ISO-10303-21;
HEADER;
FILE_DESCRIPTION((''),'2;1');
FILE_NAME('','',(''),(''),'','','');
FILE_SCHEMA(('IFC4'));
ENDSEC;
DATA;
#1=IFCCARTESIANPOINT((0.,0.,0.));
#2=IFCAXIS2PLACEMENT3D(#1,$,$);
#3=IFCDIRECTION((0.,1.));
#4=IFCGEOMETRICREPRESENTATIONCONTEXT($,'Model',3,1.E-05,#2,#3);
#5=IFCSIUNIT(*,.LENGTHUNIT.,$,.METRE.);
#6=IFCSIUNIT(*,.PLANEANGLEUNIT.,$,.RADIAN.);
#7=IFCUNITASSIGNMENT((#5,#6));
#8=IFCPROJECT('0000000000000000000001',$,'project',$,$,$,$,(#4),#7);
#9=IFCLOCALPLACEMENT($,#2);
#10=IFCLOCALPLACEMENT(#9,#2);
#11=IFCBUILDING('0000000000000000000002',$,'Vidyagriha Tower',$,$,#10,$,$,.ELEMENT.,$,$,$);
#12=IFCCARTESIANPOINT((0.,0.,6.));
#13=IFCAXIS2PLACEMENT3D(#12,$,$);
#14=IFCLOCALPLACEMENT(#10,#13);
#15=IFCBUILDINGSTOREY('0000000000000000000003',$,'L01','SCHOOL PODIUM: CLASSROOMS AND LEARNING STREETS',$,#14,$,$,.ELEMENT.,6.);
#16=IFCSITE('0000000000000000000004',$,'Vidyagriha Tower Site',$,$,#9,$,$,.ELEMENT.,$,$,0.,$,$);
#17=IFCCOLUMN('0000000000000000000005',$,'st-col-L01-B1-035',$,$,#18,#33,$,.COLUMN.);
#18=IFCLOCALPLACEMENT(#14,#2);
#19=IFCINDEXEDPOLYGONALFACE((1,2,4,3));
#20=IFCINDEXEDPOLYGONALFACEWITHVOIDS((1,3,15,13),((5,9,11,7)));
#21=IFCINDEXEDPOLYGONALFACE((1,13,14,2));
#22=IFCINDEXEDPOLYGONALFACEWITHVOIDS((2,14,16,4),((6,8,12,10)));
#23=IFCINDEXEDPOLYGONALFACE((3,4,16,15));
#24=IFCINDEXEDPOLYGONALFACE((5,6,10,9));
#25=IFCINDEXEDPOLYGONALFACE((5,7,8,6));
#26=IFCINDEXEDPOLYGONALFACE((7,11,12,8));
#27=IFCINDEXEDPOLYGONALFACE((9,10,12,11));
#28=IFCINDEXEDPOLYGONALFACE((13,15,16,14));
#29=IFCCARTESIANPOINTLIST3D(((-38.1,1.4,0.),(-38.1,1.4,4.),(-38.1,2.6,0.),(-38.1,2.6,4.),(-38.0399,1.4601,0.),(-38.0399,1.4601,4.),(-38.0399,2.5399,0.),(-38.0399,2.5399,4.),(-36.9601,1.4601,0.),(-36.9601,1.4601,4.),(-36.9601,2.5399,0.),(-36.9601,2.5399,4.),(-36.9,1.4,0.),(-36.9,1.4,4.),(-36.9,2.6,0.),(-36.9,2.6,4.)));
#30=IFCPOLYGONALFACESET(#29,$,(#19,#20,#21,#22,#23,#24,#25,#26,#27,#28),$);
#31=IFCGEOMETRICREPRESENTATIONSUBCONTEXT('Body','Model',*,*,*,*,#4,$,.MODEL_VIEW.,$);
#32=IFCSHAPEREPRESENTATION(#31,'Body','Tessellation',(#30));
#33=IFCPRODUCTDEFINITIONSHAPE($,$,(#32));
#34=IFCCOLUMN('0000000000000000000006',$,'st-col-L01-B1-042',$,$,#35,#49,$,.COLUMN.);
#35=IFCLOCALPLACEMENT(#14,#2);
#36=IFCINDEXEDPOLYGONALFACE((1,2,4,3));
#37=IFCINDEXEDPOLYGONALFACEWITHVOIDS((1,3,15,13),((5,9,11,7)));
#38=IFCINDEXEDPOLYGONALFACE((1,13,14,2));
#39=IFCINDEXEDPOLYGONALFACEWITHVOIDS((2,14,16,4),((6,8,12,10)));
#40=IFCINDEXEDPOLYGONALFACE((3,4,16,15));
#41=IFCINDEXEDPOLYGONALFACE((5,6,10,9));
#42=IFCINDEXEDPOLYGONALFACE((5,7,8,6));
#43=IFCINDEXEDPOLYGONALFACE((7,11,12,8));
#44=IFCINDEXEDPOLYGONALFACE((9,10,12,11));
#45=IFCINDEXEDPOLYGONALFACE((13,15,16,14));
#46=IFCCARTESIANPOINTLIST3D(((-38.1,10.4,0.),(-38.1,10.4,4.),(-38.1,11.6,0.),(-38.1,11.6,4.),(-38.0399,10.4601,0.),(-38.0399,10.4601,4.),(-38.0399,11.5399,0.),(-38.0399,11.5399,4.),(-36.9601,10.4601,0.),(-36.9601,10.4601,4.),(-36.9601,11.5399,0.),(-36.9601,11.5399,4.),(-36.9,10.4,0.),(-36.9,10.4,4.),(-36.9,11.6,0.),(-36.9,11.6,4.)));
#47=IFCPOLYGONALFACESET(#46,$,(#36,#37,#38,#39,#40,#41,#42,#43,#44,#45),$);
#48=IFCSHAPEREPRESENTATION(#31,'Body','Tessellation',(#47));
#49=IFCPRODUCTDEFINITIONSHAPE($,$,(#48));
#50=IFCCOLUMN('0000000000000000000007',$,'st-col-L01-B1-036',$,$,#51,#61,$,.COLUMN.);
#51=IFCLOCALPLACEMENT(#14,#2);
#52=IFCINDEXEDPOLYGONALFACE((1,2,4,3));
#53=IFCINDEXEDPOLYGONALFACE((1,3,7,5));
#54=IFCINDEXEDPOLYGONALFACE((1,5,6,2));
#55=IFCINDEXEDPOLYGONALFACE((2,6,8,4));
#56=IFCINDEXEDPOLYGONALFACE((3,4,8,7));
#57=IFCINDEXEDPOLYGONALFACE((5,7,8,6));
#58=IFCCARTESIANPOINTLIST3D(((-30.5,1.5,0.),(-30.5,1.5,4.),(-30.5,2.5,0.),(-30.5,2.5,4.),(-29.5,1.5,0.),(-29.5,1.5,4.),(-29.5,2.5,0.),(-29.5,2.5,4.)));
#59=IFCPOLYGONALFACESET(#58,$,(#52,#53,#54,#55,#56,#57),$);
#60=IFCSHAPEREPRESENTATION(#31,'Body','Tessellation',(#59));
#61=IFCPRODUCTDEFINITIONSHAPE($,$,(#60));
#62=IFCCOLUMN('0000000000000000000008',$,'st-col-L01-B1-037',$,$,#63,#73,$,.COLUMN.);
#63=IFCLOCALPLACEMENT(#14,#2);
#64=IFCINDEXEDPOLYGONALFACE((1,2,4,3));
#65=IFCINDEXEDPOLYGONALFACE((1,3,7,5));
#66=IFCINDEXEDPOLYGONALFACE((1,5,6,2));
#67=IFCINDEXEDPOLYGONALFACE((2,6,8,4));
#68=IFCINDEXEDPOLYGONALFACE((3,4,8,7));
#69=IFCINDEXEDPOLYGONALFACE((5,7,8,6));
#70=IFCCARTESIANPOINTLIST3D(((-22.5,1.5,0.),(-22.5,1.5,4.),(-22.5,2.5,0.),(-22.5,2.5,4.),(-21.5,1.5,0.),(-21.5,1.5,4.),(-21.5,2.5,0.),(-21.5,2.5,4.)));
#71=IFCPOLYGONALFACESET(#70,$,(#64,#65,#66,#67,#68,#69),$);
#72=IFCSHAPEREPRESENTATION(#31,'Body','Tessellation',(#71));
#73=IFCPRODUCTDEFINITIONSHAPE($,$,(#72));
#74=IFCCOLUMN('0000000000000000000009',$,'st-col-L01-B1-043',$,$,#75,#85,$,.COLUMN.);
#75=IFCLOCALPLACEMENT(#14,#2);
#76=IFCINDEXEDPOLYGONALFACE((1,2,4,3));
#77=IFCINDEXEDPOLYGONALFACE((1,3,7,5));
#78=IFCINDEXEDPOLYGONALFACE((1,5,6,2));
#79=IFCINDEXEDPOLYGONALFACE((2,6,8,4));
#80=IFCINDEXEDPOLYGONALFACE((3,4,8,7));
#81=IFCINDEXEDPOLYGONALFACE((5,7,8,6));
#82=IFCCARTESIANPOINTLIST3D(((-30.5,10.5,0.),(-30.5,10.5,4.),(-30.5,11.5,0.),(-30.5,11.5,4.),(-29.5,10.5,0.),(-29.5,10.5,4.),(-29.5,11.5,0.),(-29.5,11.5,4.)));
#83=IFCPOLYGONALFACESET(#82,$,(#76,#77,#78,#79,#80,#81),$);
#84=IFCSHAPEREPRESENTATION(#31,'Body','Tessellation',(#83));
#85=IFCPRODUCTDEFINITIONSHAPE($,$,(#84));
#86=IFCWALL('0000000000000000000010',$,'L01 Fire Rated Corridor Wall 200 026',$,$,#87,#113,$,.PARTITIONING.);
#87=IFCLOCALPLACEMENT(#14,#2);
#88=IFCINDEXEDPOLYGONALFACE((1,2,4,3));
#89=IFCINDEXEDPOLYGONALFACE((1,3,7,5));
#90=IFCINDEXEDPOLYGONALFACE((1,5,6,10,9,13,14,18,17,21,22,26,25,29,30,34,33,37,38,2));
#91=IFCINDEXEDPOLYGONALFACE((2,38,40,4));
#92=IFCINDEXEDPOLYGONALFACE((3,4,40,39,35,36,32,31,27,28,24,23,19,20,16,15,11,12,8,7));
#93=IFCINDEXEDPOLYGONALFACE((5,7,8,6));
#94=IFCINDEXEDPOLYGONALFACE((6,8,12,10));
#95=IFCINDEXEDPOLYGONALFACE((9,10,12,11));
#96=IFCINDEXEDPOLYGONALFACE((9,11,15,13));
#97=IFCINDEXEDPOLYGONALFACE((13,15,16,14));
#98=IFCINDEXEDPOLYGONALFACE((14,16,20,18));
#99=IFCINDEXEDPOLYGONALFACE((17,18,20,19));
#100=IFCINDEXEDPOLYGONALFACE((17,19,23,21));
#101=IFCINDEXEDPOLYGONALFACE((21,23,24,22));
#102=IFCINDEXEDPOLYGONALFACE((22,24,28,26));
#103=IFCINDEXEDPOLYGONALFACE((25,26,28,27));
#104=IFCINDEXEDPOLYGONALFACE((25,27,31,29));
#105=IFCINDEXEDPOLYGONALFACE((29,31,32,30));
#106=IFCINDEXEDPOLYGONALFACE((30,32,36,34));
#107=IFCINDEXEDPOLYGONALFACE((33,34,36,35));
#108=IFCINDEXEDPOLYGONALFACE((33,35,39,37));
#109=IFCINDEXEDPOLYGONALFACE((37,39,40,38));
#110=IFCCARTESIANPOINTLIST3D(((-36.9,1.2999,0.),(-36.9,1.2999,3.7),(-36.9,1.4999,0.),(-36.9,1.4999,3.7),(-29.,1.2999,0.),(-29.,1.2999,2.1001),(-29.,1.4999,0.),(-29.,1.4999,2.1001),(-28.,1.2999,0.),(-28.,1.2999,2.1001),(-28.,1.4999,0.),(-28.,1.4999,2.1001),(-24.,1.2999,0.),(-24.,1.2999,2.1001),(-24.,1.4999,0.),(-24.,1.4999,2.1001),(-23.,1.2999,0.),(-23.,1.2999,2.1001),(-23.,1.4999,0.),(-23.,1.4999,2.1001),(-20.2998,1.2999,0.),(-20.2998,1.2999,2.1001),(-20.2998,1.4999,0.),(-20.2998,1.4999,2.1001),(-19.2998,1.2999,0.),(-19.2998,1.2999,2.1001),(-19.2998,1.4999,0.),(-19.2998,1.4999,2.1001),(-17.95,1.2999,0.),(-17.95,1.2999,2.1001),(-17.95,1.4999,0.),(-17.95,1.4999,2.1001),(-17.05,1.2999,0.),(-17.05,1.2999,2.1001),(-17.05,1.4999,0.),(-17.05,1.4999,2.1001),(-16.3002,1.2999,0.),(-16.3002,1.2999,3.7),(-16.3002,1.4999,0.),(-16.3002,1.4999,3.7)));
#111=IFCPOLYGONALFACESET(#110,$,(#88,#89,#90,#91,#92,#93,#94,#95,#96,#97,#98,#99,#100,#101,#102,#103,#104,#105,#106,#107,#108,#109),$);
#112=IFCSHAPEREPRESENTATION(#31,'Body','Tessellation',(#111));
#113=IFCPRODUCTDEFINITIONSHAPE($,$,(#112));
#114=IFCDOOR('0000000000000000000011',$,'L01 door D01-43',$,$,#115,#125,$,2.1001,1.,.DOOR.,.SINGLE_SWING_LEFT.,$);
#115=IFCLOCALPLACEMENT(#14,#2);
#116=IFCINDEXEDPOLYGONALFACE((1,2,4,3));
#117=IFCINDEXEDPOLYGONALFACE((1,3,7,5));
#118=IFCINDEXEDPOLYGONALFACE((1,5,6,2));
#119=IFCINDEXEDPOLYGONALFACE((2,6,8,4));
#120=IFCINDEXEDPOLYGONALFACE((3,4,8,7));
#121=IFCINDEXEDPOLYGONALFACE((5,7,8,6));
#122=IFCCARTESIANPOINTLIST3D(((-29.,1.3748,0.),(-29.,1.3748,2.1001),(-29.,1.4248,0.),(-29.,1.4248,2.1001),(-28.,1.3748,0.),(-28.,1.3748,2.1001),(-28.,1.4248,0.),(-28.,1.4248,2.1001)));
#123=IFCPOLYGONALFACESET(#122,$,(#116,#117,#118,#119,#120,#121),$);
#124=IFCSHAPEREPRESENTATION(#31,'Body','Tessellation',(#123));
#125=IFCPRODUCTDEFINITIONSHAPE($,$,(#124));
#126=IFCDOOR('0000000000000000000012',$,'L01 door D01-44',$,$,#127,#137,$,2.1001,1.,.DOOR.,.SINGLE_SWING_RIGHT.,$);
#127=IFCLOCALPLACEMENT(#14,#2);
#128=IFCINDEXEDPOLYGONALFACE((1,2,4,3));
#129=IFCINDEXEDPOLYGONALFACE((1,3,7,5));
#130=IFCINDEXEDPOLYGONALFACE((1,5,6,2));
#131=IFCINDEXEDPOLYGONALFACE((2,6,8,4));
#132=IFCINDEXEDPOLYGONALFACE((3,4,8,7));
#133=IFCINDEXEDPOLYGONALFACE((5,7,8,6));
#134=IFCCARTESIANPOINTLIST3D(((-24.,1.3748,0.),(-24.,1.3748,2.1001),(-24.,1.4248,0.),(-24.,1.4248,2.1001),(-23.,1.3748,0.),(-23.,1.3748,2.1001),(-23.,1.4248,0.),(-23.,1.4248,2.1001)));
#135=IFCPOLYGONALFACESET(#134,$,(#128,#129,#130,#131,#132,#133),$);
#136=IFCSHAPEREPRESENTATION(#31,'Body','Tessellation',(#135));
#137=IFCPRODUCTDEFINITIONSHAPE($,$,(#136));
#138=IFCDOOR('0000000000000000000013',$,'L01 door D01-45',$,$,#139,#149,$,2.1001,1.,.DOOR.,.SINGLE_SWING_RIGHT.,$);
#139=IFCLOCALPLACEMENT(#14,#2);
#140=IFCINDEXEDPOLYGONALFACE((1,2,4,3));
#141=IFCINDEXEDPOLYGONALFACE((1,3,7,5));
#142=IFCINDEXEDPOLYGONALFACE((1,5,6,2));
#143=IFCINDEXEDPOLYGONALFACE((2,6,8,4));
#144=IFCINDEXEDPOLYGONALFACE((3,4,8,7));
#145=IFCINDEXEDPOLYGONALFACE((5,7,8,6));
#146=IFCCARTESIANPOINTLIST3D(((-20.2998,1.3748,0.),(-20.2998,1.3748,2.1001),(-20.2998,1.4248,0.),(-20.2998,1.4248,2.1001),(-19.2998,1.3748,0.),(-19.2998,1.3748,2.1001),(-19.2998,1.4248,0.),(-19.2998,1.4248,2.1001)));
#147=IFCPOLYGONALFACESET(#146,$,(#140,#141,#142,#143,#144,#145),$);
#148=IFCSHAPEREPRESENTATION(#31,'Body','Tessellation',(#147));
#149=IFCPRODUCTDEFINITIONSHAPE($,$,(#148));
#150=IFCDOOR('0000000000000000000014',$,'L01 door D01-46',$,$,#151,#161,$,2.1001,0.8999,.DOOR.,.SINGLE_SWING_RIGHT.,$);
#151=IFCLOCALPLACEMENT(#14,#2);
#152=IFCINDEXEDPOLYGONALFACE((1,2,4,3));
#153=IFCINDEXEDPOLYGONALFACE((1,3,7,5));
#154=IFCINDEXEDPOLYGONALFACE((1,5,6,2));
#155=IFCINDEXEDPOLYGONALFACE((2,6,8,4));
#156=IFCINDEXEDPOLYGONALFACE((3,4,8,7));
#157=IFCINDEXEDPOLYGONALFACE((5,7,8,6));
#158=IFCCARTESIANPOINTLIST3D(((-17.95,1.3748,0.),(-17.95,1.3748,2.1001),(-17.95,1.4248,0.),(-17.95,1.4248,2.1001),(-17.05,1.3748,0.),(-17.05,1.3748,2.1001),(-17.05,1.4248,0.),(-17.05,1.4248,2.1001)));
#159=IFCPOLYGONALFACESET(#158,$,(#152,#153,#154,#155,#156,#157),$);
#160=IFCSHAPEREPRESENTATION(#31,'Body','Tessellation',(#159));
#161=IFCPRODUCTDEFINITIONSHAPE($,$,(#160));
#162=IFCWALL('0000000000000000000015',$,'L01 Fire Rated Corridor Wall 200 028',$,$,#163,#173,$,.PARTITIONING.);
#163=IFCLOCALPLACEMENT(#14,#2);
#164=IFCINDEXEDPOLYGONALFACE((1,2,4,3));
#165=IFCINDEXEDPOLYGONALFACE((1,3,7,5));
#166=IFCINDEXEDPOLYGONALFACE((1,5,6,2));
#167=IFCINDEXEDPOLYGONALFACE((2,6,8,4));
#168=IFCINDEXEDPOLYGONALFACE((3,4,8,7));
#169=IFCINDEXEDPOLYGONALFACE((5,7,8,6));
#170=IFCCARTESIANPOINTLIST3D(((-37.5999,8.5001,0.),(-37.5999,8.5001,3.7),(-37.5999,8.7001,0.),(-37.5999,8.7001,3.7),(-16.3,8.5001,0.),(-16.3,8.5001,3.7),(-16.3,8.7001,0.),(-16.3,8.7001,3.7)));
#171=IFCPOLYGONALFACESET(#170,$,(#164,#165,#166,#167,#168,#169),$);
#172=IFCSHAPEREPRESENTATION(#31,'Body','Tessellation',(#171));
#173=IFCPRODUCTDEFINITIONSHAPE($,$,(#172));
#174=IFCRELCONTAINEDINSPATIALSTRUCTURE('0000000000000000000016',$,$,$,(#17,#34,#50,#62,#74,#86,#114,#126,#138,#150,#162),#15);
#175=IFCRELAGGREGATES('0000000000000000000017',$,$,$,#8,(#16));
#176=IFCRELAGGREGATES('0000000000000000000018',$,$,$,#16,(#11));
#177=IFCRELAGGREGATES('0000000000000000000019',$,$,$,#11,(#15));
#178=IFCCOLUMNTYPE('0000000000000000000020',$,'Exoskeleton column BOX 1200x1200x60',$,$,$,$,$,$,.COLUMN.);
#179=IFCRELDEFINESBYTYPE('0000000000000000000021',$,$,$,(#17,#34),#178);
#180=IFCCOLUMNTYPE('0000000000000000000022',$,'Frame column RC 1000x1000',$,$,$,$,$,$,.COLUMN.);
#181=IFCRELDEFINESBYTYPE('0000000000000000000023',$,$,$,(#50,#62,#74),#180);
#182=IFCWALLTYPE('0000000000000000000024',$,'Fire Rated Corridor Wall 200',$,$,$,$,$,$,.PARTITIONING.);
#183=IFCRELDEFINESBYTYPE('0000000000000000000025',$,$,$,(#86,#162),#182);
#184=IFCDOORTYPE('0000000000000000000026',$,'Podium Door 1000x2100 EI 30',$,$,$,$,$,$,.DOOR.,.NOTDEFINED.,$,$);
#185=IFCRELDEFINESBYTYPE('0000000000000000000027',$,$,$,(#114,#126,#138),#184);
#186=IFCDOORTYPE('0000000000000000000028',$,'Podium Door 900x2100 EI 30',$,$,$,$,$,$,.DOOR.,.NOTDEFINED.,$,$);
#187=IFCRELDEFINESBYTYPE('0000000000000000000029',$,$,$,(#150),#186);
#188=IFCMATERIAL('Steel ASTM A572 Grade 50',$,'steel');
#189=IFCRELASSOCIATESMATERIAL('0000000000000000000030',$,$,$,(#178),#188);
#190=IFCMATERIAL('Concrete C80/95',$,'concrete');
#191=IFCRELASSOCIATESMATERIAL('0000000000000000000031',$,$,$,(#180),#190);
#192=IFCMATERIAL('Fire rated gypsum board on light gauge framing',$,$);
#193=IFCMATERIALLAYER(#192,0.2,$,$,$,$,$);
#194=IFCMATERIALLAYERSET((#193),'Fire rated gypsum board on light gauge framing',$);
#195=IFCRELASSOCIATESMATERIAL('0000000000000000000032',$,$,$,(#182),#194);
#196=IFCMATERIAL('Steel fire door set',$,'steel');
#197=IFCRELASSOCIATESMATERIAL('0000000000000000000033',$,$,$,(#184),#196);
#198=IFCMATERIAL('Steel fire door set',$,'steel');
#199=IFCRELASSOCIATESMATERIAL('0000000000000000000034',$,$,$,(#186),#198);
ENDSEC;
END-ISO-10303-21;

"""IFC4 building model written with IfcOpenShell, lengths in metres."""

from ifc_helpers import new_model, si_unit, direction, frame, frame_2d, origin, origin_2d, place, context, subcontext, project, spatial, rectangle, hollow_rectangle, extrude, material, layer, layer_set, material_profile, profile_set, type_object, element, fill, save


model = new_model("IFC4")

# Units and contexts
model_context = context("Model", 3, precision=1e-05, world=origin(), true_north=direction((0.0, 1.0)))
body_context = subcontext(model_context, "Body", "Model", "MODEL_VIEW")
ifc_project = project(units=[si_unit("LENGTHUNIT", "METRE"), si_unit("PLANEANGLEUNIT", "RADIAN")], contexts=[model_context])

# Site, building, storey
site_placement = place(None, origin())
site = spatial("IfcSite", under=ifc_project, at=site_placement, Name="Vidyagriha Tower Site", CompositionType="ELEMENT", RefElevation=0.0)
building_placement = place(site_placement, origin())
building = spatial("IfcBuilding", under=site, at=building_placement, Name="Vidyagriha Tower", CompositionType="ELEMENT")
storey_placement = place(building_placement, frame((0.0, 0.0, 6.0)))
storey = spatial("IfcBuildingStorey", under=building, at=storey_placement, Name="L01", Description="SCHOOL PODIUM: CLASSROOMS AND LEARNING STREETS", CompositionType="ELEMENT", Elevation=6.0)

# Columns
ifc_material_1 = material(Name="Steel ASTM A572 Grade 50", Category="steel")
ifc_material_profile_1 = material_profile(ifc_material_1, hollow_rectangle(XDim=1.2, YDim=1.2, WallThickness=0.0601, at=origin_2d()), Name="BOX 1200x1200x60")
ifc_profile_set_1 = profile_set([ifc_material_profile_1], Name="Steel ASTM A572 Grade 50")
column_type_1 = type_object("IfcColumnType", Name="Exoskeleton column BOX 1200x1200x60", PredefinedType="COLUMN", material=ifc_profile_set_1)
for number, where, name in (
    (1, (-37.5, 2.0, 0.0), "st-col-L01-B1-035"),
    (2, (-37.5, 11.0, 0.0), "st-col-L01-B1-042"),
):
    element("IfcColumn", number, at=place(storey_placement, frame(where)), inside=storey, type_object=column_type_1, Name=name, PredefinedType="COLUMN", context=body_context, shape_type="SweptSolid", body=[
        extrude(hollow_rectangle(XDim=1.2, YDim=1.2, WallThickness=0.0601, at=origin_2d()), origin(), (0.0, 0.0, 1.0), 4.0),
    ])
ifc_material_2 = material(Name="Concrete C80/95", Category="concrete")
ifc_material_profile_2 = material_profile(ifc_material_2, rectangle(XDim=1.0, YDim=1.0, at=origin_2d()), Name="RC 1000x1000")
ifc_profile_set_2 = profile_set([ifc_material_profile_2], Name="Concrete C80/95")
column_type_2 = type_object("IfcColumnType", Name="Frame column RC 1000x1000", PredefinedType="COLUMN", material=ifc_profile_set_2)
for number, where, name in (
    (3, (-30.0, 2.0, 0.0), "st-col-L01-B1-036"),
    (4, (-22.0, 2.0, 0.0), "st-col-L01-B1-037"),
    (5, (-30.0, 11.0, 0.0), "st-col-L01-B1-043"),
):
    element("IfcColumn", number, at=place(storey_placement, frame(where)), inside=storey, type_object=column_type_2, Name=name, PredefinedType="COLUMN", context=body_context, shape_type="SweptSolid", body=[
        extrude(rectangle(XDim=1.0, YDim=1.0, at=origin_2d()), origin(), (0.0, 0.0, 1.0), 4.0),
    ])

# Wall, openings, doors
ifc_material_3 = material(Name="Fire rated gypsum board on light gauge framing")
ifc_layer_1 = layer(ifc_material_3, 0.2)
ifc_layer_set_1 = layer_set([ifc_layer_1], Name="Fire rated gypsum board on light gauge framing")
wall_type_1 = type_object("IfcWallType", Name="Fire Rated Corridor Wall 200", PredefinedType="PARTITIONING", material=ifc_layer_set_1)
wall_1_placement = place(storey_placement, frame((-36.8999, 1.3999, 0.0)))
wall_1 = element("IfcWall", 6, at=wall_1_placement, inside=storey, type_object=wall_type_1, Name="L01 Fire Rated Corridor Wall 200 026", PredefinedType="PARTITIONING", context=body_context, shape_type="SweptSolid", body=[
    extrude(rectangle(XDim=20.5999, YDim=0.2, at=frame_2d((10.2998, 0.0))), origin(), (0.0, 0.0, 1.0), 3.7),
])
opening_1_placement = place(wall_1_placement, frame((7.8999, 0.0, 0.0)))
opening_1 = element("IfcOpeningElement", 7, at=opening_1_placement, cuts=wall_1, PredefinedType="OPENING", context=body_context, shape_type="SweptSolid", body=[
    extrude(rectangle(XDim=1.0, YDim=2.1001, at=frame_2d((0.5, 1.05))), frame((0.0, 0.1099, 0.0), z_axis=(0.0, -1.0, 0.0), x_axis=(1.0, 0.0, 0.0)), (0.0, 0.0, 1.0), 0.22),
])
opening_2_placement = place(wall_1_placement, frame((12.8999, 0.0, 0.0)))
opening_2 = element("IfcOpeningElement", 8, at=opening_2_placement, cuts=wall_1, PredefinedType="OPENING", context=body_context, shape_type="SweptSolid", body=[
    extrude(rectangle(XDim=1.0, YDim=2.1001, at=frame_2d((0.5, 1.05))), frame((0.0, 0.1099, 0.0), z_axis=(0.0, -1.0, 0.0), x_axis=(1.0, 0.0, 0.0)), (0.0, 0.0, 1.0), 0.22),
])
opening_3_placement = place(wall_1_placement, frame((16.6001, 0.0, 0.0)))
opening_3 = element("IfcOpeningElement", 9, at=opening_3_placement, cuts=wall_1, PredefinedType="OPENING", context=body_context, shape_type="SweptSolid", body=[
    extrude(rectangle(XDim=1.0, YDim=2.1001, at=frame_2d((0.5, 1.05))), frame((0.0, 0.1099, 0.0), z_axis=(0.0, -1.0, 0.0), x_axis=(1.0, 0.0, 0.0)), (0.0, 0.0, 1.0), 0.22),
])
opening_4_placement = place(wall_1_placement, frame((18.95, 0.0, 0.0)))
opening_4 = element("IfcOpeningElement", 10, at=opening_4_placement, cuts=wall_1, PredefinedType="OPENING", context=body_context, shape_type="SweptSolid", body=[
    extrude(rectangle(XDim=0.8999, YDim=2.1001, at=frame_2d((0.45, 1.05))), frame((0.0, 0.1099, 0.0), z_axis=(0.0, -1.0, 0.0), x_axis=(1.0, 0.0, 0.0)), (0.0, 0.0, 1.0), 0.22),
])
ifc_material_4 = material(Name="Steel fire door set", Category="steel")
door_type_1 = type_object("IfcDoorType", Name="Podium Door 1000x2100 EI 30", OperationType="NOTDEFINED", PredefinedType="DOOR", material=ifc_material_4)
door_1_placement = place(opening_1_placement, origin())
door_1 = element("IfcDoor", 11, at=door_1_placement, inside=storey, type_object=door_type_1, Name="L01 door D01-43", OperationType="SINGLE_SWING_LEFT", OverallHeight=2.1001, OverallWidth=1.0, PredefinedType="DOOR", context=body_context, shape_type="SweptSolid", body=[
    extrude(rectangle(XDim=1.0, YDim=2.1001, at=frame_2d((0.5, 1.05))), frame((0.0, 0.0249, 0.0), z_axis=(0.0, -1.0, 0.0), x_axis=(1.0, 0.0, 0.0)), (0.0, 0.0, 1.0), 0.05),
])
fill(opening_1, door_1)
door_2_placement = place(opening_2_placement, origin())
door_2 = element("IfcDoor", 12, at=door_2_placement, inside=storey, type_object=door_type_1, Name="L01 door D01-44", OperationType="SINGLE_SWING_RIGHT", OverallHeight=2.1001, OverallWidth=1.0, PredefinedType="DOOR", context=body_context, shape_type="SweptSolid", body=[
    extrude(rectangle(XDim=1.0, YDim=2.1001, at=frame_2d((0.5, 1.05))), frame((0.0, 0.0249, 0.0), z_axis=(0.0, -1.0, 0.0), x_axis=(1.0, 0.0, 0.0)), (0.0, 0.0, 1.0), 0.05),
])
fill(opening_2, door_2)
door_3_placement = place(opening_3_placement, origin())
door_3 = element("IfcDoor", 13, at=door_3_placement, inside=storey, type_object=door_type_1, Name="L01 door D01-45", OperationType="SINGLE_SWING_RIGHT", OverallHeight=2.1001, OverallWidth=1.0, PredefinedType="DOOR", context=body_context, shape_type="SweptSolid", body=[
    extrude(rectangle(XDim=1.0, YDim=2.1001, at=frame_2d((0.5, 1.05))), frame((0.0, 0.0249, 0.0), z_axis=(0.0, -1.0, 0.0), x_axis=(1.0, 0.0, 0.0)), (0.0, 0.0, 1.0), 0.05),
])
fill(opening_3, door_3)
ifc_material_5 = material(Name="Steel fire door set", Category="steel")
door_type_2 = type_object("IfcDoorType", Name="Podium Door 900x2100 EI 30", OperationType="NOTDEFINED", PredefinedType="DOOR", material=ifc_material_5)
door_4_placement = place(opening_4_placement, origin())
door_4 = element("IfcDoor", 14, at=door_4_placement, inside=storey, type_object=door_type_2, Name="L01 door D01-46", OperationType="SINGLE_SWING_RIGHT", OverallHeight=2.1001, OverallWidth=0.8999, PredefinedType="DOOR", context=body_context, shape_type="SweptSolid", body=[
    extrude(rectangle(XDim=0.8999, YDim=2.1001, at=frame_2d((0.45, 1.05))), frame((0.0, 0.0249, 0.0), z_axis=(0.0, -1.0, 0.0), x_axis=(1.0, 0.0, 0.0)), (0.0, 0.0, 1.0), 0.05),
])
fill(opening_4, door_4)

# Wall
wall_2_placement = place(storey_placement, frame((-37.5999, 8.6001, 0.0)))
element("IfcWall", 15, at=wall_2_placement, inside=storey, type_object=wall_type_1, Name="L01 Fire Rated Corridor Wall 200 028", PredefinedType="PARTITIONING", context=body_context, shape_type="SweptSolid", body=[
    extrude(rectangle(XDim=21.2998, YDim=0.2, at=frame_2d((10.6499, 0.0))), origin(), (0.0, 0.0, 1.0), 3.7),
])

save(model, "model.ifc")
